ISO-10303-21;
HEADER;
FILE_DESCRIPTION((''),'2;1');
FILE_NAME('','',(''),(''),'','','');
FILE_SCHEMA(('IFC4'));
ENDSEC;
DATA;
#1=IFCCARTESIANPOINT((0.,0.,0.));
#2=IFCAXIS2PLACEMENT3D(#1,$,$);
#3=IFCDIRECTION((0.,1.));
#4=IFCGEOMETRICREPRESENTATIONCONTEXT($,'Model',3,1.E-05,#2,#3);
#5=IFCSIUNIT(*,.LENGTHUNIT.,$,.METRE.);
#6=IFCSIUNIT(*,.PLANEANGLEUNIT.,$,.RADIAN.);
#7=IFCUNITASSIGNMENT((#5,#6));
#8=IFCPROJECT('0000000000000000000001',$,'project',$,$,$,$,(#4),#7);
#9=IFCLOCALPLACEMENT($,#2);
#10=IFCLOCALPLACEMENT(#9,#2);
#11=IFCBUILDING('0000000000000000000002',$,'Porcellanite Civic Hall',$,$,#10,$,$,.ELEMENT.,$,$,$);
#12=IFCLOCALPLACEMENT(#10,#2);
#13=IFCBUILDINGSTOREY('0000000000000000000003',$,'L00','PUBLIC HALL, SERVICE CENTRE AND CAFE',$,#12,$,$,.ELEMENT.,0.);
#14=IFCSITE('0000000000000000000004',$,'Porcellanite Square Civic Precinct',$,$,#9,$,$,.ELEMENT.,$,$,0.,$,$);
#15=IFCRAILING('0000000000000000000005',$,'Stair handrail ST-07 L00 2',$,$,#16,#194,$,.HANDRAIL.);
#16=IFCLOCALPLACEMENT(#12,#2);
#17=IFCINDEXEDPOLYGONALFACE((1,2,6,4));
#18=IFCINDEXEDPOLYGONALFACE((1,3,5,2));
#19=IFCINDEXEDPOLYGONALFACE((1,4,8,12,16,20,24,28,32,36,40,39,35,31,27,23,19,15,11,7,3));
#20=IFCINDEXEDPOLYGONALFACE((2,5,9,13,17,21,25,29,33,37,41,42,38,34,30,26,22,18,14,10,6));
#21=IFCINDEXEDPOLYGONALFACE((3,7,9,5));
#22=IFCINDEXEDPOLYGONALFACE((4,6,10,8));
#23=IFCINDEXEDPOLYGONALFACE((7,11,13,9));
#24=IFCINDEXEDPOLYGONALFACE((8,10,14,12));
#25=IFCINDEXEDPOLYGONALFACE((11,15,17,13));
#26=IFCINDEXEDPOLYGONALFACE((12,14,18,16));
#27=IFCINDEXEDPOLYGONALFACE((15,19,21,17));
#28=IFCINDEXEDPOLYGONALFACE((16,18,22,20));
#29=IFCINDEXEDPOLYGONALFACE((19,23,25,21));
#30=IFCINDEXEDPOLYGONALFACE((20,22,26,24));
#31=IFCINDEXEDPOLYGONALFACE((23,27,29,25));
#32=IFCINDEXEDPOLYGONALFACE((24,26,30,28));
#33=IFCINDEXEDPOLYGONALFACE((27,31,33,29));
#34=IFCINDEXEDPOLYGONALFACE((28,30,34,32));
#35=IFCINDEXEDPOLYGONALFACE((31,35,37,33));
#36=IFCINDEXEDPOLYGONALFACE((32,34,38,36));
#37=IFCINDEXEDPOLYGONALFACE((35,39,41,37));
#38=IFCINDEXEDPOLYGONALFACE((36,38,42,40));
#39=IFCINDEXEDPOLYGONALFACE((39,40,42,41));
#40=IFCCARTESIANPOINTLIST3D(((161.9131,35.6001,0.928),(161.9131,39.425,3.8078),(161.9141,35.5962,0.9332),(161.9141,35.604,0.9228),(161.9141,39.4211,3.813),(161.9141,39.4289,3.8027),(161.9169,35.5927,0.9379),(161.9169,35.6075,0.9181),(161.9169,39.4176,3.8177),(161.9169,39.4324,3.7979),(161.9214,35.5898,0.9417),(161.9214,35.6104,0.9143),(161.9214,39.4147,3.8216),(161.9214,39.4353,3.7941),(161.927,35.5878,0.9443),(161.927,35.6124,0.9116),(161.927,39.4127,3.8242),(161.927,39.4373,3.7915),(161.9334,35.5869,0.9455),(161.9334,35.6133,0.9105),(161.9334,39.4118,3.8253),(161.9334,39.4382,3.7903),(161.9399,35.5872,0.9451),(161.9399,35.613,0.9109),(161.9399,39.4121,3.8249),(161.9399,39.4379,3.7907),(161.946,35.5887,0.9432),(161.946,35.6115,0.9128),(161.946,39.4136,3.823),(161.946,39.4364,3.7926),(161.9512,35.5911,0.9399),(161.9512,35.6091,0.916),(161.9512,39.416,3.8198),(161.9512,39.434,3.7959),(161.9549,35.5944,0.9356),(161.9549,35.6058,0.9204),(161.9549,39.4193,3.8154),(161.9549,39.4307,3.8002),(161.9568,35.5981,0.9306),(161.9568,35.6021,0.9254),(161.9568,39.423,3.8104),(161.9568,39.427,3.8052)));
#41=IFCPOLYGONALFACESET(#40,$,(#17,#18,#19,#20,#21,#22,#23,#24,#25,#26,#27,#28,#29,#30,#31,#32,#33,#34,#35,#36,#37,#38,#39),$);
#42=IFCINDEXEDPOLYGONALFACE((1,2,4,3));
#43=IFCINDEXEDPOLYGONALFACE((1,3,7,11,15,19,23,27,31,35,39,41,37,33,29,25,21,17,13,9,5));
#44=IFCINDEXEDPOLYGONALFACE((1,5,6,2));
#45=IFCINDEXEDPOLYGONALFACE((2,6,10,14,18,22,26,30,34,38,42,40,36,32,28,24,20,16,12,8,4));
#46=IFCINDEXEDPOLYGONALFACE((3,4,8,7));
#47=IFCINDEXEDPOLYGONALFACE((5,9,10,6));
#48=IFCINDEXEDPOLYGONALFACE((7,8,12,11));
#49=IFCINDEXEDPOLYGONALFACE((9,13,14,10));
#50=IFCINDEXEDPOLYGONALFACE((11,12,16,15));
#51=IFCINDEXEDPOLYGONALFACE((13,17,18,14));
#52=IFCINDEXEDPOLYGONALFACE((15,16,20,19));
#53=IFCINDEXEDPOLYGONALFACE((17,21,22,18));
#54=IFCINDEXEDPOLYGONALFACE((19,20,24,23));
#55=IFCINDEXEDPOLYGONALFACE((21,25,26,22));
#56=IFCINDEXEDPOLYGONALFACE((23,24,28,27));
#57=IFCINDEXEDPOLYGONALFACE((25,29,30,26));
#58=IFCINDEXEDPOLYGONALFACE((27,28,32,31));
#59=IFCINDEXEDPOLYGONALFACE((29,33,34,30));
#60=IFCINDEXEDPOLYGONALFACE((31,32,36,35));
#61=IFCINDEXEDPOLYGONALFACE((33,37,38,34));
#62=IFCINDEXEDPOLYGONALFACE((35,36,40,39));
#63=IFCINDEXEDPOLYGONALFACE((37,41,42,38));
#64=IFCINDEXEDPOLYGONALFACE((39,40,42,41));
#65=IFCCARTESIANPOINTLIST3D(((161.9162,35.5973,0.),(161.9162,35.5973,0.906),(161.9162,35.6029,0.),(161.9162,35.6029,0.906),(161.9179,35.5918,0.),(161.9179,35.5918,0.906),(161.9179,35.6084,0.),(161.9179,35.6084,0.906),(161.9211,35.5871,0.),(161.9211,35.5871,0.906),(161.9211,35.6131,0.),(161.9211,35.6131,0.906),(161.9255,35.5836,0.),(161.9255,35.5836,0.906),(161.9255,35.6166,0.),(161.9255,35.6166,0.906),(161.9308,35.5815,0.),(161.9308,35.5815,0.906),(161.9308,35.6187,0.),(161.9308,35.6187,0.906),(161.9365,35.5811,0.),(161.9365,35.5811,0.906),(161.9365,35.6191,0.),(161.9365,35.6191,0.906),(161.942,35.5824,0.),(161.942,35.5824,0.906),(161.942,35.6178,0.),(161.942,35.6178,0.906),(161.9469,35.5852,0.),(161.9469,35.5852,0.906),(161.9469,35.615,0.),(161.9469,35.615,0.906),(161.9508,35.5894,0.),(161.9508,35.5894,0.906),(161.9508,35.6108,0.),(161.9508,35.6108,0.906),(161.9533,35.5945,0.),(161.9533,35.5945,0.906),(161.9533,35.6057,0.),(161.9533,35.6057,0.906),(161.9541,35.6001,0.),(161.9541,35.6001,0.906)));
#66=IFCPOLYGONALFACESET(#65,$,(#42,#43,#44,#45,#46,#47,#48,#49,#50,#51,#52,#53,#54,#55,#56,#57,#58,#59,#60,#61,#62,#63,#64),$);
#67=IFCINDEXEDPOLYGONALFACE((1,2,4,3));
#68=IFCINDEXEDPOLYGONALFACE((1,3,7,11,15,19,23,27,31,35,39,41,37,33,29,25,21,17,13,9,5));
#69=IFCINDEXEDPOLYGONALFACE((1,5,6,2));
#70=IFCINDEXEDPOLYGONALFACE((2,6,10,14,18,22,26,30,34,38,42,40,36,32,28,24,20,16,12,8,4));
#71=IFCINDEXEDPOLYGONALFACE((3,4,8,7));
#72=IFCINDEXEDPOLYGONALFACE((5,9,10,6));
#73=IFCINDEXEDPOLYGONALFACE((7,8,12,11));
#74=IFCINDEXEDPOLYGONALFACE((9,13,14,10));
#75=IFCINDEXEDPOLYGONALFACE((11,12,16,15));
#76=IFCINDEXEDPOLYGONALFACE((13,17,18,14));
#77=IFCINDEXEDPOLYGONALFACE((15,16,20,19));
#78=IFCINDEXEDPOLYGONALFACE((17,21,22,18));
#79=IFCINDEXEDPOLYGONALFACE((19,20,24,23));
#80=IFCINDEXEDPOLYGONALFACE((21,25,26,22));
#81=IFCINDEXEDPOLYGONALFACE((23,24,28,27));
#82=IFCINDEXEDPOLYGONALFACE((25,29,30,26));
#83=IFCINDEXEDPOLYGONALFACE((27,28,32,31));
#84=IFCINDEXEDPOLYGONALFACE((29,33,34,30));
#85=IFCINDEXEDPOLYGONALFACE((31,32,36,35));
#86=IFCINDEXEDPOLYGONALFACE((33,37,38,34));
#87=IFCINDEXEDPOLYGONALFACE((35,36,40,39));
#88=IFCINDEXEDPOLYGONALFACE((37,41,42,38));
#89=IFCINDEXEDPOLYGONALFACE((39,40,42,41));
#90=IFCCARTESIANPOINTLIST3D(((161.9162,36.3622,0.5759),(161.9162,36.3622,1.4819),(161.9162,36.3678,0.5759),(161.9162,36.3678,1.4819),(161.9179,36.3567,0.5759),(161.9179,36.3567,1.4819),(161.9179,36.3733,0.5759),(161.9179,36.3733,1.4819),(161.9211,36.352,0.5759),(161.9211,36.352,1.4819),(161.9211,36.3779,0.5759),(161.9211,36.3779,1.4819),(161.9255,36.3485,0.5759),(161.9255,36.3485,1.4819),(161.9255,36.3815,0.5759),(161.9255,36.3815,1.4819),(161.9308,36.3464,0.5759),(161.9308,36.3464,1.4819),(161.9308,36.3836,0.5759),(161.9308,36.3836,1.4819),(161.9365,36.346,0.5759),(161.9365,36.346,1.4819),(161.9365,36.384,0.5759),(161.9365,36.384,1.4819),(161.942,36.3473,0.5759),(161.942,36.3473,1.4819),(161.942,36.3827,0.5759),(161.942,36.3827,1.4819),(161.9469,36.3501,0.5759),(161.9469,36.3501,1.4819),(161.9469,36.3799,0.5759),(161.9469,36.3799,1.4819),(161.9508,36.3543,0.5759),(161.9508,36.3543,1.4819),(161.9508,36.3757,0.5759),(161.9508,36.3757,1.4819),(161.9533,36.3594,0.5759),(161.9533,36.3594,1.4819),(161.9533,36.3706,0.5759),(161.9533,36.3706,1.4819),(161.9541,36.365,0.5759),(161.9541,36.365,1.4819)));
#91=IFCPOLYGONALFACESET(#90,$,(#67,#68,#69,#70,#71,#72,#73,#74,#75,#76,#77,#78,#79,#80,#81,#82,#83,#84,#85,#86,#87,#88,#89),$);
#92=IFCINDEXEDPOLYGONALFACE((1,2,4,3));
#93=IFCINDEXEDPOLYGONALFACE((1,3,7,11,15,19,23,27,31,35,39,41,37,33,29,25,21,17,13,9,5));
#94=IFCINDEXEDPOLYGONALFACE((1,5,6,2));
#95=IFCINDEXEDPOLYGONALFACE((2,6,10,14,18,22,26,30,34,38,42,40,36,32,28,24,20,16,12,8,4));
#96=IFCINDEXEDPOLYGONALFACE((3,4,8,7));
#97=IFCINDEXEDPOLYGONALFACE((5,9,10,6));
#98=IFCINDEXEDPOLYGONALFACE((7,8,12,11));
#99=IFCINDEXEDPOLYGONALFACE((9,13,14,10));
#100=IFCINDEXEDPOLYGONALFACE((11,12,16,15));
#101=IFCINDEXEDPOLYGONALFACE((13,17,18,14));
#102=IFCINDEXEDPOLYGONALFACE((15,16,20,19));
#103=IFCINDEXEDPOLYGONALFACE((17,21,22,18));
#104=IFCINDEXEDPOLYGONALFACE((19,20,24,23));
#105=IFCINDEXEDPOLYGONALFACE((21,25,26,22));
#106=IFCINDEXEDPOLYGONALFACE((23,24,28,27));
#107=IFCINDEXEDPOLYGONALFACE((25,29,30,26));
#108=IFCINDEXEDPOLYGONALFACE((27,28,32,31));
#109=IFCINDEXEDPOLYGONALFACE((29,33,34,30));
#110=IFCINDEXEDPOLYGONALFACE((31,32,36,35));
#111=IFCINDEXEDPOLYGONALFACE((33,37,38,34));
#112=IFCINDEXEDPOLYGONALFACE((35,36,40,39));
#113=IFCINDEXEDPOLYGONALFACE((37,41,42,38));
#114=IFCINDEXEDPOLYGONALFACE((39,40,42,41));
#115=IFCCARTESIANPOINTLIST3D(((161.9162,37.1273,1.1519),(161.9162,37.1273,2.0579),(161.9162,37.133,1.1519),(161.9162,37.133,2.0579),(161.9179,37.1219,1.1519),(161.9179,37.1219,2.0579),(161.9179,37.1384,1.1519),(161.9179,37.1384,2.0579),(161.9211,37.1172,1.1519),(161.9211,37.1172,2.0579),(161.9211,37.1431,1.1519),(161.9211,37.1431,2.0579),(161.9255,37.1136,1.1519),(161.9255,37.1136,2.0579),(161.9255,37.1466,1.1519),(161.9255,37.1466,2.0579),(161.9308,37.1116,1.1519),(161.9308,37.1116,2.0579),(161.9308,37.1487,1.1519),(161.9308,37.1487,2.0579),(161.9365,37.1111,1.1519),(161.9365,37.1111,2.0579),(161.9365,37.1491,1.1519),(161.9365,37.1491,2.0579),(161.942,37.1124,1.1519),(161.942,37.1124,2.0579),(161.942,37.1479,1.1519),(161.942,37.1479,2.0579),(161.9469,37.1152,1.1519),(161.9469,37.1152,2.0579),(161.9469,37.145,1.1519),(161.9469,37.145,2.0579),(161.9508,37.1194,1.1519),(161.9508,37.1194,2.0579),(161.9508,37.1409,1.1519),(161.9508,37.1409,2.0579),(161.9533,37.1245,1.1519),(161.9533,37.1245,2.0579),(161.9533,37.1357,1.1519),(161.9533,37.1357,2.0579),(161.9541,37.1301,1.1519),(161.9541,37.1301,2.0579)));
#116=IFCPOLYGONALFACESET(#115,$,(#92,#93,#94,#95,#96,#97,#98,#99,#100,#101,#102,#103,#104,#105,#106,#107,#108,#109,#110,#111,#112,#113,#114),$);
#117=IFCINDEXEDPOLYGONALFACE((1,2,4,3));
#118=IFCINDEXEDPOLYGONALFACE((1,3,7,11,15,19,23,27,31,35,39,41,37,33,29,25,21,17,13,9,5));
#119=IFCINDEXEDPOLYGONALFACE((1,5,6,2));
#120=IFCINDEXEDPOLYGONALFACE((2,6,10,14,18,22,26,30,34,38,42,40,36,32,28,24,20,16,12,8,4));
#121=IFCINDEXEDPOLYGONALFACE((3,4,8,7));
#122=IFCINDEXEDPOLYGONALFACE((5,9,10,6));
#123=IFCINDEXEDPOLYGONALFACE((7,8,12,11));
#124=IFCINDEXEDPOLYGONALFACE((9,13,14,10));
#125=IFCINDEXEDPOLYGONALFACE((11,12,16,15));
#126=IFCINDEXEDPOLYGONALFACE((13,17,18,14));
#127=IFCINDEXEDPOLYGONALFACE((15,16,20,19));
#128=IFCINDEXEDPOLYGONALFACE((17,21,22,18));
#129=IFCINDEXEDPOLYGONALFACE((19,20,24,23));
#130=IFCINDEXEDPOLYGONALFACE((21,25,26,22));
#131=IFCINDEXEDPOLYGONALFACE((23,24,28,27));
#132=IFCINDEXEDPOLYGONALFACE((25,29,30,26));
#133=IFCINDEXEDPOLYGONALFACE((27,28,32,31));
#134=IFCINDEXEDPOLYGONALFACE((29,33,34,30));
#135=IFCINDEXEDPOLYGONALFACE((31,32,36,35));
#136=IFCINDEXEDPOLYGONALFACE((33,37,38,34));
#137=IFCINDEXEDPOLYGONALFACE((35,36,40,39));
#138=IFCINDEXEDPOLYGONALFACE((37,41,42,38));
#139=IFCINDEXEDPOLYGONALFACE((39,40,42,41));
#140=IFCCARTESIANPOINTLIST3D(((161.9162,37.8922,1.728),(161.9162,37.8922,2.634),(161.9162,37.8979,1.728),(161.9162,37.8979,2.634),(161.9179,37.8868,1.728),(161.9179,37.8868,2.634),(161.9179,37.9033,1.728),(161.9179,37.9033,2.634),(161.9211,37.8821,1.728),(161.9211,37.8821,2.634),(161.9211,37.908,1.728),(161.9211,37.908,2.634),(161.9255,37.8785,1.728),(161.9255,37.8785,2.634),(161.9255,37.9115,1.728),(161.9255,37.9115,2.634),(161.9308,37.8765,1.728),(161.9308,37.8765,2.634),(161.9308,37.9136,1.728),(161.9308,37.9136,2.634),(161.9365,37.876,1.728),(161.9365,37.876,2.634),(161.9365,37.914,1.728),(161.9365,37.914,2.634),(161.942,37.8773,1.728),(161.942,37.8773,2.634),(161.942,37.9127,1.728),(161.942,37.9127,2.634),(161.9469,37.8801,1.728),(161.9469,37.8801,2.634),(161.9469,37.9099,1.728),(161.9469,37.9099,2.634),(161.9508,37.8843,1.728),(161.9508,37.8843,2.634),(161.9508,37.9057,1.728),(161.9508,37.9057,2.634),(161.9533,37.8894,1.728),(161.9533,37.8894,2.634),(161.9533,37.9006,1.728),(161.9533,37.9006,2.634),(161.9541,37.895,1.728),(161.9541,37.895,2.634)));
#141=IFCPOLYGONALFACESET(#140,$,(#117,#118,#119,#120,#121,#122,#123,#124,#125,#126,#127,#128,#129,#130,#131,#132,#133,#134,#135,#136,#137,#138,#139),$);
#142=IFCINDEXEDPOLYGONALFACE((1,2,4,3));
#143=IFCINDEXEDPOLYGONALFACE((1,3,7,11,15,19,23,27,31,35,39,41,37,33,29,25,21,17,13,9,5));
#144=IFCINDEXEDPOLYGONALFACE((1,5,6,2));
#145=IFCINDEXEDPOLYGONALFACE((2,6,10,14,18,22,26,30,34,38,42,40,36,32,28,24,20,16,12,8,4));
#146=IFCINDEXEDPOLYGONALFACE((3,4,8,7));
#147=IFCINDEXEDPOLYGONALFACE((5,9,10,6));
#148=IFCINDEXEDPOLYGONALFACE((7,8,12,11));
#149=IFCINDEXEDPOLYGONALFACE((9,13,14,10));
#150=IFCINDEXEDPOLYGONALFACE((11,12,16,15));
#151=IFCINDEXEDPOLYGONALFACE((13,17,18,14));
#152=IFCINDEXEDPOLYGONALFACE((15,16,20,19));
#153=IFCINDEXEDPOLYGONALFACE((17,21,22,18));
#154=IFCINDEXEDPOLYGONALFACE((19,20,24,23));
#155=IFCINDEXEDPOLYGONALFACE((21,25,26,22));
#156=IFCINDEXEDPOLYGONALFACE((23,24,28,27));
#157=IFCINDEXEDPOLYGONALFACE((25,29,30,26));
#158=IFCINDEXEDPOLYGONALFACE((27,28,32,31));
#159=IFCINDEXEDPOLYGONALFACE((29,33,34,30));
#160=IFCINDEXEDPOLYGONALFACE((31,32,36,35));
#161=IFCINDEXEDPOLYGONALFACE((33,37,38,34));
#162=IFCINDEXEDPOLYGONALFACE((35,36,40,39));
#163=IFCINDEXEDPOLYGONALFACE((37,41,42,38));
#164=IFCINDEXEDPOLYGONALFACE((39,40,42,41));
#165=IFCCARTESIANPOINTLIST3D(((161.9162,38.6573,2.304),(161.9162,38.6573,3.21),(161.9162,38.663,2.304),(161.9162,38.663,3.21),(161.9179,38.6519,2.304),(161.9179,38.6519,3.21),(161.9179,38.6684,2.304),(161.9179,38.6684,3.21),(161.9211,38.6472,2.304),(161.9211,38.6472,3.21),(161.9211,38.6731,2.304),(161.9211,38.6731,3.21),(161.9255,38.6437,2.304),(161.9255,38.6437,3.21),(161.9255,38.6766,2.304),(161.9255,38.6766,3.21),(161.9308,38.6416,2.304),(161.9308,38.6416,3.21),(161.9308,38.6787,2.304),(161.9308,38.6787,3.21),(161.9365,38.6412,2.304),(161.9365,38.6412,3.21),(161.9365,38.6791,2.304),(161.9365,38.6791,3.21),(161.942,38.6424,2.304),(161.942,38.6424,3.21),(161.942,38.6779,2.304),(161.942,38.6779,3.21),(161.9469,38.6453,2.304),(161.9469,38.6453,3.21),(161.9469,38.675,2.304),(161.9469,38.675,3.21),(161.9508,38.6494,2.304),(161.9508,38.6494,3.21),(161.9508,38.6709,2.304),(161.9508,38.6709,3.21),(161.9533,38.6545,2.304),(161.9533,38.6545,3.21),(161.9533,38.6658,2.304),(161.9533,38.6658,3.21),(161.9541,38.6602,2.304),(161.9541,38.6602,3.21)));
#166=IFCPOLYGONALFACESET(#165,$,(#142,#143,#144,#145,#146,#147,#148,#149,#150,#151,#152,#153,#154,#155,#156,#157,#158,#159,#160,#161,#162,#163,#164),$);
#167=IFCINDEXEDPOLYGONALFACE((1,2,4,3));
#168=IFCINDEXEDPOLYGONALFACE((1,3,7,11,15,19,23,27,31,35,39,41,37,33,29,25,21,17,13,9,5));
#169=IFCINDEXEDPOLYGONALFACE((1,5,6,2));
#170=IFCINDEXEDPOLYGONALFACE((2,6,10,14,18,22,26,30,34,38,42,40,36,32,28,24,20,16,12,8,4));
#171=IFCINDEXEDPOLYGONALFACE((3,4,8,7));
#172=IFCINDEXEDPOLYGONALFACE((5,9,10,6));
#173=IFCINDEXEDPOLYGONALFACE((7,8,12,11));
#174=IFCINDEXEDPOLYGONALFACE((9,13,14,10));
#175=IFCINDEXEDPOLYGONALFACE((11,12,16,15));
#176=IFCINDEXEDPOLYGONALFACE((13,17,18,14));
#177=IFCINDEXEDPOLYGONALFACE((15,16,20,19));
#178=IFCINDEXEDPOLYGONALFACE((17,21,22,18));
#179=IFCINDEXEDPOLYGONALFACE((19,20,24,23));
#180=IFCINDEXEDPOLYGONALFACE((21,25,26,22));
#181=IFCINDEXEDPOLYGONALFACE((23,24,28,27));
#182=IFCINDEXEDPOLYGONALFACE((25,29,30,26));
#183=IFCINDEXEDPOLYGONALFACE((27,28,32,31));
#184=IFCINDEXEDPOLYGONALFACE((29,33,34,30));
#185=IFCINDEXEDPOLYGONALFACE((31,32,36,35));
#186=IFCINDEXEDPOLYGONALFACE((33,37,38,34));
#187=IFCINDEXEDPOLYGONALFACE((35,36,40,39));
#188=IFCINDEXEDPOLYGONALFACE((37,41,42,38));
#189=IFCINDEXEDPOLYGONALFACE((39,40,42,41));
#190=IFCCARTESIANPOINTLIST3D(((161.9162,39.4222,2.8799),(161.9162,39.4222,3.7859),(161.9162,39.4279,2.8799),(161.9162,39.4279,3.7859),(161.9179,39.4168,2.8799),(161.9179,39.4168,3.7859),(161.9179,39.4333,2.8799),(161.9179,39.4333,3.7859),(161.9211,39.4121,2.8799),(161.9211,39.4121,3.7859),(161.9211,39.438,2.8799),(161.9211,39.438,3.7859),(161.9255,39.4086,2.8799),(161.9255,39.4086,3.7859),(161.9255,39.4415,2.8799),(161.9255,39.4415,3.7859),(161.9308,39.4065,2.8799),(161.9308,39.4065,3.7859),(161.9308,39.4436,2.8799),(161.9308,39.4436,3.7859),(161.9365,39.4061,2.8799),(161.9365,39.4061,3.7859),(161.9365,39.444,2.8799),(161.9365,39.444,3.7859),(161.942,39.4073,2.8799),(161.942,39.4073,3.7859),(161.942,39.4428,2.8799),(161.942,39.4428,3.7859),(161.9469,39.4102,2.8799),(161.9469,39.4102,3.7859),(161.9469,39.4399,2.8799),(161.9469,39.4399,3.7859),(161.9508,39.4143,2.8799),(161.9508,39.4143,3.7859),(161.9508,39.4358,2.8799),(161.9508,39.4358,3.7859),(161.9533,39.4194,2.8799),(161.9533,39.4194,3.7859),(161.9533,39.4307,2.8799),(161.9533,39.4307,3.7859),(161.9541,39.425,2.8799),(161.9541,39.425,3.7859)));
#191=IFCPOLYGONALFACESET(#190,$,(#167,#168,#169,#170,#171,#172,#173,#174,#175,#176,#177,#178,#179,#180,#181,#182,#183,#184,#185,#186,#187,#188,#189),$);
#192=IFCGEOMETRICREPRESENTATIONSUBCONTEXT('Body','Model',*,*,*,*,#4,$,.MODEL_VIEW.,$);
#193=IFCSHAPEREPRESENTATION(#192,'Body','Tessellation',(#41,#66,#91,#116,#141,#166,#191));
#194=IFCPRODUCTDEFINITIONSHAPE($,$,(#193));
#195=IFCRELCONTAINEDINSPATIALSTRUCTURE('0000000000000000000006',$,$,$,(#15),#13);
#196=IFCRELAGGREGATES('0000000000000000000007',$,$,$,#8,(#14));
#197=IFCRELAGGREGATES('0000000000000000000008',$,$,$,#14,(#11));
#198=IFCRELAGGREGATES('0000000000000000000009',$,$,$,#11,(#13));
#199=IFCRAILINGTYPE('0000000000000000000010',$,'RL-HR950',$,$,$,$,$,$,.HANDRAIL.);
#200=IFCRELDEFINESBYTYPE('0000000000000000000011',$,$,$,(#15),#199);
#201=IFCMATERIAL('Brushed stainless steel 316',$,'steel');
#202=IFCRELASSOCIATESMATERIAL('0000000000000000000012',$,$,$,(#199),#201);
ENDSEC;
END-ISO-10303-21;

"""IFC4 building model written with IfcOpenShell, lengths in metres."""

from ifc_helpers import new_model, si_unit, direction, frame, origin, origin_2d, place, context, subcontext, project, spatial, circle, extrude, material, type_object, element, save


model = new_model("IFC4")

# Units and contexts
model_context = context("Model", 3, precision=1e-05, world=origin(), true_north=direction((0.0, 1.0)))
body_context = subcontext(model_context, "Body", "Model", "MODEL_VIEW")
ifc_project = project(units=[si_unit("LENGTHUNIT", "METRE"), si_unit("PLANEANGLEUNIT", "RADIAN")], contexts=[model_context])

# Site, building, storey
site_placement = place(None, origin())
site = spatial("IfcSite", under=ifc_project, at=site_placement, Name="Porcellanite Square Civic Precinct", CompositionType="ELEMENT", RefElevation=0.0)
building_placement = place(site_placement, origin())
building = spatial("IfcBuilding", under=site, at=building_placement, Name="Porcellanite Civic Hall", CompositionType="ELEMENT")
storey_placement = place(building_placement, origin())
storey = spatial("IfcBuildingStorey", under=building, at=storey_placement, Name="L00", Description="PUBLIC HALL, SERVICE CENTRE AND CAFE", CompositionType="ELEMENT", Elevation=0.0)

# Railing
ifc_material_1 = material(Name="Brushed stainless steel 316", Category="steel")
railing_type_1 = type_object("IfcRailingType", Name="RL-HR950", PredefinedType="HANDRAIL", material=ifc_material_1)
railing_1_placement = place(storey_placement, frame((161.9351, 35.6001, 0.0)))
element("IfcRailing", 1, at=railing_1_placement, inside=storey, type_object=railing_type_1, Name="Stair handrail ST-07 L00 2", PredefinedType="HANDRAIL", context=body_context, shape_type="SweptSolid", body=[
    extrude(circle(Radius=0.022, at=origin_2d()), frame((0.0, 0.0, 0.928), z_axis=(0.0, 0.798879, 0.601492), x_axis=(-1.0, 0.0, 0.0)), (0.0, 0.0, 1.0), 4.7878),
    extrude(circle(Radius=0.019, at=origin_2d()), origin(), (0.0, 0.0, 1.0), 0.906),
    extrude(circle(Radius=0.019, at=origin_2d()), frame((0.0, 0.7649, 0.5759)), (0.0, 0.0, 1.0), 0.906),
    extrude(circle(Radius=0.019, at=origin_2d()), frame((0.0, 1.53, 1.1519)), (0.0, 0.0, 1.0), 0.906),
    extrude(circle(Radius=0.019, at=origin_2d()), frame((0.0, 2.2949, 1.728)), (0.0, 0.0, 1.0), 0.906),
    extrude(circle(Radius=0.019, at=origin_2d()), frame((0.0, 3.0601, 2.304)), (0.0, 0.0, 1.0), 0.906),
    extrude(circle(Radius=0.019, at=origin_2d()), frame((0.0, 3.825, 2.8799)), (0.0, 0.0, 1.0), 0.906),
])

save(model, "model.ifc")
